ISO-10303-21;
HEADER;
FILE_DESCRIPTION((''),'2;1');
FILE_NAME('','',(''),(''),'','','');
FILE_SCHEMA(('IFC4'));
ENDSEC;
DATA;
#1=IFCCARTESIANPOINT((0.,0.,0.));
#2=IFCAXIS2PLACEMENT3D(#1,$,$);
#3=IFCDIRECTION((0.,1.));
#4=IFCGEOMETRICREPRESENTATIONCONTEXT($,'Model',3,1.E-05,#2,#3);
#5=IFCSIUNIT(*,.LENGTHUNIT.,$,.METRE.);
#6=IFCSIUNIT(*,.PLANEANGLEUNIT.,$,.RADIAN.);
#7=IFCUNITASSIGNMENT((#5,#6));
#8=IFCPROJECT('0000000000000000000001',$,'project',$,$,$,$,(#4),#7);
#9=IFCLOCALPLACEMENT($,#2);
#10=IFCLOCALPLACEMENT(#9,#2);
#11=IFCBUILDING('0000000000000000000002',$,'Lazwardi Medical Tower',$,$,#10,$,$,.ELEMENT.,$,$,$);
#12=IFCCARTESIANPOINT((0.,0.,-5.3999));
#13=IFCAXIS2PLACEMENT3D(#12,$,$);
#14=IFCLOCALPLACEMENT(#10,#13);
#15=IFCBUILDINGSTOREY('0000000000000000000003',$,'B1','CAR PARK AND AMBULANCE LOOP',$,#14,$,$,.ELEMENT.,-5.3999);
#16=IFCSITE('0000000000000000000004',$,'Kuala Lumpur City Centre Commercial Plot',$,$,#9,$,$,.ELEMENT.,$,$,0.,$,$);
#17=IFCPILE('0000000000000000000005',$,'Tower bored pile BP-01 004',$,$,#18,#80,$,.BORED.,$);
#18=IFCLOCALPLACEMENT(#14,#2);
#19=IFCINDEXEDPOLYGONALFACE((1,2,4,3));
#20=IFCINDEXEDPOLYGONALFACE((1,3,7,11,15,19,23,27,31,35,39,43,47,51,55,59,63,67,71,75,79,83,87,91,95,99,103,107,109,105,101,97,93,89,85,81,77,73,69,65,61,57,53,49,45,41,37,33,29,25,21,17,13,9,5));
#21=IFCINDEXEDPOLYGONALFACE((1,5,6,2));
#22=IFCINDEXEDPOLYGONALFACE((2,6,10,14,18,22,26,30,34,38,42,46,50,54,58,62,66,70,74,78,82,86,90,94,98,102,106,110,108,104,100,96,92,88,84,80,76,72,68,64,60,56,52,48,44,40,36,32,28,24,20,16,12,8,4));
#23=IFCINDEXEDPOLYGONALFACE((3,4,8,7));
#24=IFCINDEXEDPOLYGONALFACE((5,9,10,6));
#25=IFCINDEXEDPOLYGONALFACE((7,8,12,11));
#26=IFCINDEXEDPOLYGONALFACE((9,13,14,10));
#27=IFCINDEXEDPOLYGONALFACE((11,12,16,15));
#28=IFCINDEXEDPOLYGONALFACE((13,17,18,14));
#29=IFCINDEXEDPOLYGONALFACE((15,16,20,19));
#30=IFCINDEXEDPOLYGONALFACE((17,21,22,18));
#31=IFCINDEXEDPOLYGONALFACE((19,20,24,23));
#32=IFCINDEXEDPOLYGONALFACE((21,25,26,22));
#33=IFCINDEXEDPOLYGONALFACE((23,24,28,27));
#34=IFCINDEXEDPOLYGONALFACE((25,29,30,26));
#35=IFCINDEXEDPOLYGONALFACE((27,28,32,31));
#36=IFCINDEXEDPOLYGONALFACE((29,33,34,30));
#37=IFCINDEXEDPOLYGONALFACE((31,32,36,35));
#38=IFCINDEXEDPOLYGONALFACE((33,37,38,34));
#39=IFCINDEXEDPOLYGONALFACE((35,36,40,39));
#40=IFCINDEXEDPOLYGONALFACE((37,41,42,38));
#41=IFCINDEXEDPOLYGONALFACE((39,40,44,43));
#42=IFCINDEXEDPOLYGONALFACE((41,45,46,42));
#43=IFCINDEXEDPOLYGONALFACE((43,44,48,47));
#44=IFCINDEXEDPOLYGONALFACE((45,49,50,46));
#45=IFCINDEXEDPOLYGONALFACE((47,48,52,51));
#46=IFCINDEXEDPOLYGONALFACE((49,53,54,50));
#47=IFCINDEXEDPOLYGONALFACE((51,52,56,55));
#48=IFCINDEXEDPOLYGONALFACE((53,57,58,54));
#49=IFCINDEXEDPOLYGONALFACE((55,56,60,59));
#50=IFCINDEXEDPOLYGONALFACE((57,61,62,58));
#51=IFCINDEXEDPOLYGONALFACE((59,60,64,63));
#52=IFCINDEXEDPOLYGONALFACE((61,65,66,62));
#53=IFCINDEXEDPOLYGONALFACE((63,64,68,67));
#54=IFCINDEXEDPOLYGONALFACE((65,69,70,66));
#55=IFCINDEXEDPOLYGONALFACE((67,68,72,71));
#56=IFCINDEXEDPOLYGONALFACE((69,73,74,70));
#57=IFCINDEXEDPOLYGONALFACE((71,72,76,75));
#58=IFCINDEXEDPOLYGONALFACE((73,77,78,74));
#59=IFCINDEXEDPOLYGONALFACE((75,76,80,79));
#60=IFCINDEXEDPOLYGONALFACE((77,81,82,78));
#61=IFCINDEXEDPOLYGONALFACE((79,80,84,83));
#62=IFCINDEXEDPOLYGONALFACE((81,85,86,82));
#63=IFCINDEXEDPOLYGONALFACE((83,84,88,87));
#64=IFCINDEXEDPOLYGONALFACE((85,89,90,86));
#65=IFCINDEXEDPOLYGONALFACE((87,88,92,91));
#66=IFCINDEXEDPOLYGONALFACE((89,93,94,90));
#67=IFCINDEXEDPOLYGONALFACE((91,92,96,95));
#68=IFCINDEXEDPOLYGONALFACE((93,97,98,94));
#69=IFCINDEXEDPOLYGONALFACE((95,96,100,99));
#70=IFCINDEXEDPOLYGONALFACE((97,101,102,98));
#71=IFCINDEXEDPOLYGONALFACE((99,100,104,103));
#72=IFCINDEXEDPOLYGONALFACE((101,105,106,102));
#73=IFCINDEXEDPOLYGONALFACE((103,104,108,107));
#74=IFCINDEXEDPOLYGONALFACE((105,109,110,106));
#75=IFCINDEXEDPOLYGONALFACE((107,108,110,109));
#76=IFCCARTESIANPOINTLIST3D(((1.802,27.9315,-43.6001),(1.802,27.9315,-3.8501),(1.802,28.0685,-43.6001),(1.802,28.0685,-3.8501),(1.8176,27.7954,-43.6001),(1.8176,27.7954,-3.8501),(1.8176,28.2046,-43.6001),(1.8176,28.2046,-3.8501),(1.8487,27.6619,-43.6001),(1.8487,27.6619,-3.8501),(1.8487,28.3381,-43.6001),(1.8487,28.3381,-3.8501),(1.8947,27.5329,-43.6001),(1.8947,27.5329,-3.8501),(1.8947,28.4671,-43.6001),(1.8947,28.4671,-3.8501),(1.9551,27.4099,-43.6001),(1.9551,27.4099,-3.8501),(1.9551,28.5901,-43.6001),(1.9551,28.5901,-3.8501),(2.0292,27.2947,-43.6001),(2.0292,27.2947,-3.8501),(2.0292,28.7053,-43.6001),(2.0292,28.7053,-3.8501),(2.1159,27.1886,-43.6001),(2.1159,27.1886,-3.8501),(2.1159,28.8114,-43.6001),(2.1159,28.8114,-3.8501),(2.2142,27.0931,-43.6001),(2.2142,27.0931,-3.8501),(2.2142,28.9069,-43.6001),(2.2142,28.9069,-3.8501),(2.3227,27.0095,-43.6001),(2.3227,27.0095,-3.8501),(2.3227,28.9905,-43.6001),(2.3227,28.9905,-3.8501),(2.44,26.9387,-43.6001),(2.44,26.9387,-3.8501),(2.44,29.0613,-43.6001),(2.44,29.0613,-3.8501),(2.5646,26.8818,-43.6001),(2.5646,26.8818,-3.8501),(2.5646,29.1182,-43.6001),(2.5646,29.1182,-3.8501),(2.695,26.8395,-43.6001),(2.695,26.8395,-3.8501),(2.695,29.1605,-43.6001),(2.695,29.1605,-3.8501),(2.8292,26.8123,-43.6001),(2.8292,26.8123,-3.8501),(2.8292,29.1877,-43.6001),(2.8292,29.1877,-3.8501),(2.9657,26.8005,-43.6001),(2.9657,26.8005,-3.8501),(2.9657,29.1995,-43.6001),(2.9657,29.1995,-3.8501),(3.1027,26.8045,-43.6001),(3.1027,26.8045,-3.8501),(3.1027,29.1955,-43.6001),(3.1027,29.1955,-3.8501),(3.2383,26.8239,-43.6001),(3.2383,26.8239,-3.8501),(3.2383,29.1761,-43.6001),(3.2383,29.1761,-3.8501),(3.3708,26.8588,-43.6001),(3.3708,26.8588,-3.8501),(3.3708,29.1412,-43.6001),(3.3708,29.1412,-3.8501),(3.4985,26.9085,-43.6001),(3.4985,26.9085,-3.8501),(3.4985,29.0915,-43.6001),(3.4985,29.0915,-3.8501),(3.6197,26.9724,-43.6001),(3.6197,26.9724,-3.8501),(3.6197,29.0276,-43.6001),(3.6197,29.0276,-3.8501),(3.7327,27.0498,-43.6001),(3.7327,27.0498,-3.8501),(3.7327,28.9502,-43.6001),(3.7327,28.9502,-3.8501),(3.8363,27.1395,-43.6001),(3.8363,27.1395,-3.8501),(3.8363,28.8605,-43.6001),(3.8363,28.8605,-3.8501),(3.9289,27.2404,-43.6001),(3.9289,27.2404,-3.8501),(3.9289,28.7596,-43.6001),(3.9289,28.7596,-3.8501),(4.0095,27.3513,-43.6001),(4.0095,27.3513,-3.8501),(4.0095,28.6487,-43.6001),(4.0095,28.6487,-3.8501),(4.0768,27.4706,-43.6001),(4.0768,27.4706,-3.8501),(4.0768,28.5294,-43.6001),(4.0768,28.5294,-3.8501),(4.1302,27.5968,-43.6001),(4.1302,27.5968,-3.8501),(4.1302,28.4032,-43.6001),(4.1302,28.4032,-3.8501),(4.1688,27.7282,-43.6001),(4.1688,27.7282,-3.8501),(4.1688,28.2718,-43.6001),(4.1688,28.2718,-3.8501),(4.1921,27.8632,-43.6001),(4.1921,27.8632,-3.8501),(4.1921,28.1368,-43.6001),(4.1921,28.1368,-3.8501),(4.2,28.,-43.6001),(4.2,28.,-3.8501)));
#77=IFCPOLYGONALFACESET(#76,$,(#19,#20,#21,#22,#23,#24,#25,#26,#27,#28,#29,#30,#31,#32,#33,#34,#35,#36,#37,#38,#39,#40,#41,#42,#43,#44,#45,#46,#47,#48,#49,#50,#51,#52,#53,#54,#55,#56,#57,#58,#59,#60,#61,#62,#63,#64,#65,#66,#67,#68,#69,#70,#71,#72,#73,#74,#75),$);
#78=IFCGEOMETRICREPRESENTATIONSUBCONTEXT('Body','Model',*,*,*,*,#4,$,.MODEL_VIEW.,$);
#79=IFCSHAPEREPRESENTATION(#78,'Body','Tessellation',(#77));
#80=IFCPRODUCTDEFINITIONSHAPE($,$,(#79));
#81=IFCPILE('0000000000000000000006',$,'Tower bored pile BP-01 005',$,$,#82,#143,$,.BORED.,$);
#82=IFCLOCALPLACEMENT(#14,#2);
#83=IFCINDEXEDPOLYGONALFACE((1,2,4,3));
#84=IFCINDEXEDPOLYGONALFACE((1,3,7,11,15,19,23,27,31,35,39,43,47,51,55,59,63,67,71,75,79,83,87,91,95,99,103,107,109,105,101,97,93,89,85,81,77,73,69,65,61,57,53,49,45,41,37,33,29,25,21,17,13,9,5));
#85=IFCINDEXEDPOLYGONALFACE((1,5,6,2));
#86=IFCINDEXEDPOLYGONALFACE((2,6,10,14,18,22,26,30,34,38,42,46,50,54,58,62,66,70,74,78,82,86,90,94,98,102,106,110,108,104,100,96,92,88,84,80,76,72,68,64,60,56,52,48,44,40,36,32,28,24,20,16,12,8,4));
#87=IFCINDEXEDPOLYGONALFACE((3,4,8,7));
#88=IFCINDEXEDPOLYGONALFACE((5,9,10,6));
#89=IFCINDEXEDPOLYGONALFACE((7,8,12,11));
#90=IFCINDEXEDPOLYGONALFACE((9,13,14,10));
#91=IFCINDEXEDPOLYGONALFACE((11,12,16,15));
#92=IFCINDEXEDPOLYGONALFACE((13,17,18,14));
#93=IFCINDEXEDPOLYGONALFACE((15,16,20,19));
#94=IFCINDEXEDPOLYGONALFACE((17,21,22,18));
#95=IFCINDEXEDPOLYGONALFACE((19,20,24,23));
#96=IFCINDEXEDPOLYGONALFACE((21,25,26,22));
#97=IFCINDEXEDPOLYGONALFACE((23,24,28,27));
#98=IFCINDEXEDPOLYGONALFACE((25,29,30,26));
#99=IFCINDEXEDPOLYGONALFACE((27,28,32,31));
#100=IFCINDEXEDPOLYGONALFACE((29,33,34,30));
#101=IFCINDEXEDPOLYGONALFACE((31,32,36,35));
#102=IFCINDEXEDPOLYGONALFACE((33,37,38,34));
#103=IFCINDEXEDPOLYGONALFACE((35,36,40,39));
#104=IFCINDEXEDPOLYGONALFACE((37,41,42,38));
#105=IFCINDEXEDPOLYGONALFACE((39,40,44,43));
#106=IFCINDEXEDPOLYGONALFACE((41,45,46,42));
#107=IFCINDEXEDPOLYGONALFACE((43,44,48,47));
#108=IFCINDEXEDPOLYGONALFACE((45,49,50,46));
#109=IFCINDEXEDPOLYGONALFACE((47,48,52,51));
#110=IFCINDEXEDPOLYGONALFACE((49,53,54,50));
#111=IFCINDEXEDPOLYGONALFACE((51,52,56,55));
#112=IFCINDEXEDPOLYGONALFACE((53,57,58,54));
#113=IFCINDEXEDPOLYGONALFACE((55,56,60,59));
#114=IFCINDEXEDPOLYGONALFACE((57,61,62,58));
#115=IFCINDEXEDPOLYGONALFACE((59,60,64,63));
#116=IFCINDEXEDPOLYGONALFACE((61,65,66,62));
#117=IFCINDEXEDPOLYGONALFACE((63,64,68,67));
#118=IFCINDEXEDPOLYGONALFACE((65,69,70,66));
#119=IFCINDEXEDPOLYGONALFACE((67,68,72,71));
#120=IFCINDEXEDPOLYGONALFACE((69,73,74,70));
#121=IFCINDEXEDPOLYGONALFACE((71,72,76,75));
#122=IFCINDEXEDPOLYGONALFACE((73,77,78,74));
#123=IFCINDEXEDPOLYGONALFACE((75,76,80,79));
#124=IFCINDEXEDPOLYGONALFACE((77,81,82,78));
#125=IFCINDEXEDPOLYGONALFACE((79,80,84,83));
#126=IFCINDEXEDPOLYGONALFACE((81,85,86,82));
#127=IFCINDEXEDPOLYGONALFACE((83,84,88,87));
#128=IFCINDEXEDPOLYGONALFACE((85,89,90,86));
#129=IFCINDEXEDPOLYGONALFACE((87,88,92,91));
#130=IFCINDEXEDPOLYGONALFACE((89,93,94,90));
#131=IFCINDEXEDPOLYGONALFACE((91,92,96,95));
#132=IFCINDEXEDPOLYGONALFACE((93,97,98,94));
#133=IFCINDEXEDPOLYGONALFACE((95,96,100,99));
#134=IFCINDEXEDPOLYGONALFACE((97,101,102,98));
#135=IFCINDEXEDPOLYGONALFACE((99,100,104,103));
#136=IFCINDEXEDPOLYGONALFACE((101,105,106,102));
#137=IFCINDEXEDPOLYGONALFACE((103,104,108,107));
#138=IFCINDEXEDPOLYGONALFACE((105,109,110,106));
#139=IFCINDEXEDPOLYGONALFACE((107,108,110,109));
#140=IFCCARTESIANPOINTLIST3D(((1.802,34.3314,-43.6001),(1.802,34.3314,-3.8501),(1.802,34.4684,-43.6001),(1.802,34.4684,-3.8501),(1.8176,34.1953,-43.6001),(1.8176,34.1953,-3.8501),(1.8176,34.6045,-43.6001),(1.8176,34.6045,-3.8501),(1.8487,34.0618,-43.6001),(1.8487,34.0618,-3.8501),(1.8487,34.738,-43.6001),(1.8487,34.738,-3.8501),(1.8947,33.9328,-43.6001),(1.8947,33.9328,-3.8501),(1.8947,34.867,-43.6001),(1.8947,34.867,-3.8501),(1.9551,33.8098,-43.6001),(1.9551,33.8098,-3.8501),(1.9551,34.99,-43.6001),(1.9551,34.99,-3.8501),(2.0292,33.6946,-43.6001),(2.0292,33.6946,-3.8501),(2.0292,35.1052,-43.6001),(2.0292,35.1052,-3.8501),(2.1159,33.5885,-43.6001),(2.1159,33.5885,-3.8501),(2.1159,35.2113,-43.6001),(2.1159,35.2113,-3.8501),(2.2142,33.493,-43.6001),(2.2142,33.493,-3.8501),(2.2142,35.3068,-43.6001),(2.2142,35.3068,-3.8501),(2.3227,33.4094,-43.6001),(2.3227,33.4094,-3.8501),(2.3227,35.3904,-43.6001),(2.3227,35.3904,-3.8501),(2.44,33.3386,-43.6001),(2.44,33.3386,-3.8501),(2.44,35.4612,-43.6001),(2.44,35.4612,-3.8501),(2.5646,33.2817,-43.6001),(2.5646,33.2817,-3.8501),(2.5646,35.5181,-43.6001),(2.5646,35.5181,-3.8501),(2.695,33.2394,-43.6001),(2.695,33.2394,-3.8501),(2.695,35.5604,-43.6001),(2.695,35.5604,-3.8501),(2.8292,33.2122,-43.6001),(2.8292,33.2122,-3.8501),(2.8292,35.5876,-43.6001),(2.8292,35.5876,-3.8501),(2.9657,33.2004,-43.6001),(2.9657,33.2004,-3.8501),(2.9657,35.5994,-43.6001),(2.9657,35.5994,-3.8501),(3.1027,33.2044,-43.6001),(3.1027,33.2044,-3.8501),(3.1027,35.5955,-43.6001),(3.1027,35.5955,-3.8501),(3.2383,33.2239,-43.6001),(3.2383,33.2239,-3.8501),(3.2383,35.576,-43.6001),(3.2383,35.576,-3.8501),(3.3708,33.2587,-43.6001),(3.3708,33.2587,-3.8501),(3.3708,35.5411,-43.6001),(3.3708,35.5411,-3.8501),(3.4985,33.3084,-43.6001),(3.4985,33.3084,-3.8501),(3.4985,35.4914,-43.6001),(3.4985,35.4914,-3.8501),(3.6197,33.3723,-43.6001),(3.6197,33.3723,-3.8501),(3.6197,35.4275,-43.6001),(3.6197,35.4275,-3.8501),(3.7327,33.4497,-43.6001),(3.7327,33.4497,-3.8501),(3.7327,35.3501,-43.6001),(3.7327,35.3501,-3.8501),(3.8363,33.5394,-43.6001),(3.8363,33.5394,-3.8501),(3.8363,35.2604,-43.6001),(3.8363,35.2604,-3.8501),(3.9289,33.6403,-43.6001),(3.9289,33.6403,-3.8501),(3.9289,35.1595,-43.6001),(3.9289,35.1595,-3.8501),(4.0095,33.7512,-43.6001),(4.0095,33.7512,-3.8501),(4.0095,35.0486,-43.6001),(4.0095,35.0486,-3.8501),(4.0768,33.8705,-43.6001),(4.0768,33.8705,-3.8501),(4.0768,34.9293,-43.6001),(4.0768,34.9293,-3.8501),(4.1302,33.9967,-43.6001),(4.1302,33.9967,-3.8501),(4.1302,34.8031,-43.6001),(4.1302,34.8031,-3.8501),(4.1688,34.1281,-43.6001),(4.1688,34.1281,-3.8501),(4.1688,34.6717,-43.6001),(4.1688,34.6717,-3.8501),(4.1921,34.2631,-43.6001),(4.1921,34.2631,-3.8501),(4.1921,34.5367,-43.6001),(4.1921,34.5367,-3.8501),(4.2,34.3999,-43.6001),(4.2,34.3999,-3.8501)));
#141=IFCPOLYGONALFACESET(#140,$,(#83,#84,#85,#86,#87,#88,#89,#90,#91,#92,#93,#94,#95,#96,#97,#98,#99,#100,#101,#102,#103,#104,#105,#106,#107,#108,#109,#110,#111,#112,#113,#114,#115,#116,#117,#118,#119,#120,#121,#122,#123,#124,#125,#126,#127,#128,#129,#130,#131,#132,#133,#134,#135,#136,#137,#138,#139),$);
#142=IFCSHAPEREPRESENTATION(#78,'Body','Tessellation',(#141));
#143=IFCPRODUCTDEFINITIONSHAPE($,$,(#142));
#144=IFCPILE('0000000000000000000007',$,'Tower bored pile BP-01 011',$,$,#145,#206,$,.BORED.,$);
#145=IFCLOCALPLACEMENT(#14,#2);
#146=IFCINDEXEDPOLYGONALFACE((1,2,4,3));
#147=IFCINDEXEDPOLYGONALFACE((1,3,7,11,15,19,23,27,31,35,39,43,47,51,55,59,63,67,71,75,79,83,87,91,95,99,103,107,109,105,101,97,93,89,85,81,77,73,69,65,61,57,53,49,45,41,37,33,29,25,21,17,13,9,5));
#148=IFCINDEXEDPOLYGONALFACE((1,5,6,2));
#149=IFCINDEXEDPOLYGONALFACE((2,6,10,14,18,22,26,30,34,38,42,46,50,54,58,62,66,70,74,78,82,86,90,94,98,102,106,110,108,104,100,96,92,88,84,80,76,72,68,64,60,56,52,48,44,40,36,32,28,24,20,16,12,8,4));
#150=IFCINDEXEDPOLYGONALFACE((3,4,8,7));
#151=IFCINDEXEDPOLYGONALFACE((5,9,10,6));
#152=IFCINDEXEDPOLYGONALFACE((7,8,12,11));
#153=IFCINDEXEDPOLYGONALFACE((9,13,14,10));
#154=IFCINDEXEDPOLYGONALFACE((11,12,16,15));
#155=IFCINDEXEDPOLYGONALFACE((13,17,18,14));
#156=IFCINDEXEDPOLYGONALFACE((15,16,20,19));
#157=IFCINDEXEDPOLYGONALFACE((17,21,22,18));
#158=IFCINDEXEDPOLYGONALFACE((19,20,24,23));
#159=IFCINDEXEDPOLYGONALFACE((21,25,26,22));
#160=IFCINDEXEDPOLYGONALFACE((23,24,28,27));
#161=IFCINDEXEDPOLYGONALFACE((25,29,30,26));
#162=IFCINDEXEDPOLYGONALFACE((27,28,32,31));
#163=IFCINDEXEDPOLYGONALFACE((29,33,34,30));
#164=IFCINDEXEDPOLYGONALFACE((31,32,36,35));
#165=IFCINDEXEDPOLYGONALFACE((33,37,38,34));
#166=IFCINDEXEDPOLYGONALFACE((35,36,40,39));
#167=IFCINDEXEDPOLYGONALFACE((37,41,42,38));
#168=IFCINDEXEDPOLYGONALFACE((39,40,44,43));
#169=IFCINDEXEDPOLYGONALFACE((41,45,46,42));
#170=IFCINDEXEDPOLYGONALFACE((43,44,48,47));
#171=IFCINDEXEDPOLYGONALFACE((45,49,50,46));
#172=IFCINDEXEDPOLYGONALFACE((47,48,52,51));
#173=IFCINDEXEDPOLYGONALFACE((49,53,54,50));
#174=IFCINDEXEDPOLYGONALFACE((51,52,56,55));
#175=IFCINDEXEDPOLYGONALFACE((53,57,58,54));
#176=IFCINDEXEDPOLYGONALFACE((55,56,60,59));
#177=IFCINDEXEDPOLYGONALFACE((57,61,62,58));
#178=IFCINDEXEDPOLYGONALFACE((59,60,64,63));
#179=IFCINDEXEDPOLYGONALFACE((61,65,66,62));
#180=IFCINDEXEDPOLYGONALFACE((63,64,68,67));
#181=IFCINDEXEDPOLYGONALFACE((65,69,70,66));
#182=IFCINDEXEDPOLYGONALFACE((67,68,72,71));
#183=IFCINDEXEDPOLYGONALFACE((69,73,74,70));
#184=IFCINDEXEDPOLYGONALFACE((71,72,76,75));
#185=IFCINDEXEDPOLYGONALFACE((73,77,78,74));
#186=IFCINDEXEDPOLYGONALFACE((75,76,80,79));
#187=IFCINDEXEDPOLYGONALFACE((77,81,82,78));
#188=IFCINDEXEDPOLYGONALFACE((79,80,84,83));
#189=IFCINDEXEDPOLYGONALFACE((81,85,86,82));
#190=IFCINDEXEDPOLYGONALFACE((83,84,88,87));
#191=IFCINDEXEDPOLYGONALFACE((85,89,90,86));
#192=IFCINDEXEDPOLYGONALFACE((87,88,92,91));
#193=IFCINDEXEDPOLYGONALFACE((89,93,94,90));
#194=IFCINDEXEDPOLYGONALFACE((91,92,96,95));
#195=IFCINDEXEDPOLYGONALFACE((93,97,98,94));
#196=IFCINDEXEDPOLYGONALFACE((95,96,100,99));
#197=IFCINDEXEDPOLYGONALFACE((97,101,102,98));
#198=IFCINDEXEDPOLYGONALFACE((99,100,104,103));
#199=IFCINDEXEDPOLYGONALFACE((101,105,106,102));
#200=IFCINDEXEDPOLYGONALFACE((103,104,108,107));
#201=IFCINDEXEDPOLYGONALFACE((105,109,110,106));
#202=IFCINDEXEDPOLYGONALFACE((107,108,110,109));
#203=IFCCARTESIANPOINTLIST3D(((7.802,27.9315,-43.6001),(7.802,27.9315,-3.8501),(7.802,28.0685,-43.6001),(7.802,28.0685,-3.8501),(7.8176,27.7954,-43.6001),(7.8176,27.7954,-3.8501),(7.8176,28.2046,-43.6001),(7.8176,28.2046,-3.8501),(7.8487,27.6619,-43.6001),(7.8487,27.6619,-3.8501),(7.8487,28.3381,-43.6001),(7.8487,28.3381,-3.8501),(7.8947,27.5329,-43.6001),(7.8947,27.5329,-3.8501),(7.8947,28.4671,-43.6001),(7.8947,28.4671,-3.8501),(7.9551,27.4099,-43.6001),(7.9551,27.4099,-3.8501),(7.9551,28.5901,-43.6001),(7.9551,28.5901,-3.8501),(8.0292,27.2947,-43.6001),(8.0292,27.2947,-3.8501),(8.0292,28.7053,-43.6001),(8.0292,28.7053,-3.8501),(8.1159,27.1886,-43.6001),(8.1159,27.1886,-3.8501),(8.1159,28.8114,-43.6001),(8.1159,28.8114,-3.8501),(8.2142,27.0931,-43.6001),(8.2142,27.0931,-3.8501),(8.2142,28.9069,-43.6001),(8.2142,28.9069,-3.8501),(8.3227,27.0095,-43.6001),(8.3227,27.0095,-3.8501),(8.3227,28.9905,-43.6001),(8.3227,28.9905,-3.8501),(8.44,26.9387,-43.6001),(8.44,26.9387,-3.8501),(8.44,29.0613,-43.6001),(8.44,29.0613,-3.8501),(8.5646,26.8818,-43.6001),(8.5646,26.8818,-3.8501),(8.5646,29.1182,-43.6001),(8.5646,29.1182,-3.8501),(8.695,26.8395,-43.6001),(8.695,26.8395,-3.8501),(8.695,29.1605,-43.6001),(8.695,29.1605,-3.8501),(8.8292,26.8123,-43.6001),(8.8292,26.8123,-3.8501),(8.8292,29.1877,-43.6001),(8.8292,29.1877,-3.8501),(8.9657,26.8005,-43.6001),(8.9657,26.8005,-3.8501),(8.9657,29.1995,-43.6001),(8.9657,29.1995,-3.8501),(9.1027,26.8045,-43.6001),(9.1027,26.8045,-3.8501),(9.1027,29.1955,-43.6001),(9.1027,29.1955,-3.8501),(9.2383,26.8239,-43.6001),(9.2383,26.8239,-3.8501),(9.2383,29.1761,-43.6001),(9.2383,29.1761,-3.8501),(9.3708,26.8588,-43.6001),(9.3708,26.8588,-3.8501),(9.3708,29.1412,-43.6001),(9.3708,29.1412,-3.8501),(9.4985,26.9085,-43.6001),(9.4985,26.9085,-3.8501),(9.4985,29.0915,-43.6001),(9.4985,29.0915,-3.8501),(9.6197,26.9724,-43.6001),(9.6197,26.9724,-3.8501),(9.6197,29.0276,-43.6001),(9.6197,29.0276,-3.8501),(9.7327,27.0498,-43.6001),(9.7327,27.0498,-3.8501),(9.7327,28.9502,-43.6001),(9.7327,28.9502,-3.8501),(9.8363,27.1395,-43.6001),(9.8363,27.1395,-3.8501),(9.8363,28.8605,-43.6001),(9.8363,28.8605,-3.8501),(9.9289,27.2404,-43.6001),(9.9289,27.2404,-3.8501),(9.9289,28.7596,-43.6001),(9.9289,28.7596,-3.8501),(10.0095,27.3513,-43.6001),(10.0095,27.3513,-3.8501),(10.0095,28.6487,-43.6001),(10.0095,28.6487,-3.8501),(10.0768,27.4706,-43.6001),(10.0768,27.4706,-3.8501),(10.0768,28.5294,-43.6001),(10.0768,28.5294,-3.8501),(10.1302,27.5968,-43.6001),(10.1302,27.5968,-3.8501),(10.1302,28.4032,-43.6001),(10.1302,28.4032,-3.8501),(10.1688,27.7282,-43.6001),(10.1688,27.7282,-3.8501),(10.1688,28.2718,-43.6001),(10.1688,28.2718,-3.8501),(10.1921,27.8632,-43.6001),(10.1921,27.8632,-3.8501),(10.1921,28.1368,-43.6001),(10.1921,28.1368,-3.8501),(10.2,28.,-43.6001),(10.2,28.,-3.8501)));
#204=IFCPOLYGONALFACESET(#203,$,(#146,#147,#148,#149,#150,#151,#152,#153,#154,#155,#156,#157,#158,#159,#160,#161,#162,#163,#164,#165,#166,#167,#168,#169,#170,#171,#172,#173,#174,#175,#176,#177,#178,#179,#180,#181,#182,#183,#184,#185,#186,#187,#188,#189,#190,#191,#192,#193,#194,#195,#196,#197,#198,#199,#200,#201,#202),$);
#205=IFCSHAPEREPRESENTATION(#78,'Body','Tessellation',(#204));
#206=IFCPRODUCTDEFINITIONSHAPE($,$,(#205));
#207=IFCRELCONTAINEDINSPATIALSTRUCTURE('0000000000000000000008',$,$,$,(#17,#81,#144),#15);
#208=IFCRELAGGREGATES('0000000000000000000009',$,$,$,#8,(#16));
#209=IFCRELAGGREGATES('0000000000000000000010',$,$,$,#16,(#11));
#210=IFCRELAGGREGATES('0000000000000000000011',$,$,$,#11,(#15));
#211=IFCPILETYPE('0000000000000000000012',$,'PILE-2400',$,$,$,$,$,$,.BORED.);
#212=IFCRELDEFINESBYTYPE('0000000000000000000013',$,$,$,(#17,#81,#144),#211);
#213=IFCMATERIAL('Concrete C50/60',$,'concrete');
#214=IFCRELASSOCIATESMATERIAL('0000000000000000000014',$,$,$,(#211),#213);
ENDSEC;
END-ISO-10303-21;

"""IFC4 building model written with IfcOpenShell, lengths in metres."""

from ifc_helpers import new_model, si_unit, direction, frame, origin, origin_2d, place, context, subcontext, project, spatial, circle, extrude, material, material_profile, profile_set, type_object, element, save


model = new_model("IFC4")

# Units and contexts
model_context = context("Model", 3, precision=1e-05, world=origin(), true_north=direction((0.0, 1.0)))
body_context = subcontext(model_context, "Body", "Model", "MODEL_VIEW")
ifc_project = project(units=[si_unit("LENGTHUNIT", "METRE"), si_unit("PLANEANGLEUNIT", "RADIAN")], contexts=[model_context])

# Site, building, storey
site_placement = place(None, origin())
site = spatial("IfcSite", under=ifc_project, at=site_placement, Name="Kuala Lumpur City Centre Commercial Plot", CompositionType="ELEMENT", RefElevation=0.0)
building_placement = place(site_placement, origin())
building = spatial("IfcBuilding", under=site, at=building_placement, Name="Lazwardi Medical Tower", CompositionType="ELEMENT")
storey_placement = place(building_placement, frame((0.0, 0.0, -5.3999)))
storey = spatial("IfcBuildingStorey", under=building, at=storey_placement, Name="B1", Description="CAR PARK AND AMBULANCE LOOP", CompositionType="ELEMENT", Elevation=-5.3999)

# Piles
ifc_material_1 = material(Name="Concrete C50/60", Category="concrete")
ifc_material_profile_1 = material_profile(ifc_material_1, circle(Radius=1.2, at=origin_2d()), Name="BORED PILE D2400")
ifc_profile_set_1 = profile_set([ifc_material_profile_1], Name="Concrete C50/60")
pile_type = type_object("IfcPileType", Name="PILE-2400", PredefinedType="BORED", material=ifc_profile_set_1)
for number, where, z_axis, x_axis, name in (
    (1, (3.0, 28.0, -3.8501), (0.0, 0.0, -1.0), (1.0, 0.0, 0.0), "Tower bored pile BP-01 004"),
    (2, (3.0, 34.3999, -3.8501), (0.0, 0.0, -1.0), (1.0, 0.0, 0.0), "Tower bored pile BP-01 005"),
    (3, (9.0, 28.0, -3.8501), (0.0, 0.0, -1.0), (1.0, 0.0, 0.0), "Tower bored pile BP-01 011"),
):
    element("IfcPile", number, at=place(storey_placement, frame(where, z_axis=z_axis, x_axis=x_axis)), inside=storey, type_object=pile_type, Name=name, PredefinedType="BORED", context=body_context, shape_type="SweptSolid", body=[
        extrude(circle(Radius=1.2, at=origin_2d()), origin(), (0.0, 0.0, 1.0), 39.75),
    ])

save(model, "model.ifc")
